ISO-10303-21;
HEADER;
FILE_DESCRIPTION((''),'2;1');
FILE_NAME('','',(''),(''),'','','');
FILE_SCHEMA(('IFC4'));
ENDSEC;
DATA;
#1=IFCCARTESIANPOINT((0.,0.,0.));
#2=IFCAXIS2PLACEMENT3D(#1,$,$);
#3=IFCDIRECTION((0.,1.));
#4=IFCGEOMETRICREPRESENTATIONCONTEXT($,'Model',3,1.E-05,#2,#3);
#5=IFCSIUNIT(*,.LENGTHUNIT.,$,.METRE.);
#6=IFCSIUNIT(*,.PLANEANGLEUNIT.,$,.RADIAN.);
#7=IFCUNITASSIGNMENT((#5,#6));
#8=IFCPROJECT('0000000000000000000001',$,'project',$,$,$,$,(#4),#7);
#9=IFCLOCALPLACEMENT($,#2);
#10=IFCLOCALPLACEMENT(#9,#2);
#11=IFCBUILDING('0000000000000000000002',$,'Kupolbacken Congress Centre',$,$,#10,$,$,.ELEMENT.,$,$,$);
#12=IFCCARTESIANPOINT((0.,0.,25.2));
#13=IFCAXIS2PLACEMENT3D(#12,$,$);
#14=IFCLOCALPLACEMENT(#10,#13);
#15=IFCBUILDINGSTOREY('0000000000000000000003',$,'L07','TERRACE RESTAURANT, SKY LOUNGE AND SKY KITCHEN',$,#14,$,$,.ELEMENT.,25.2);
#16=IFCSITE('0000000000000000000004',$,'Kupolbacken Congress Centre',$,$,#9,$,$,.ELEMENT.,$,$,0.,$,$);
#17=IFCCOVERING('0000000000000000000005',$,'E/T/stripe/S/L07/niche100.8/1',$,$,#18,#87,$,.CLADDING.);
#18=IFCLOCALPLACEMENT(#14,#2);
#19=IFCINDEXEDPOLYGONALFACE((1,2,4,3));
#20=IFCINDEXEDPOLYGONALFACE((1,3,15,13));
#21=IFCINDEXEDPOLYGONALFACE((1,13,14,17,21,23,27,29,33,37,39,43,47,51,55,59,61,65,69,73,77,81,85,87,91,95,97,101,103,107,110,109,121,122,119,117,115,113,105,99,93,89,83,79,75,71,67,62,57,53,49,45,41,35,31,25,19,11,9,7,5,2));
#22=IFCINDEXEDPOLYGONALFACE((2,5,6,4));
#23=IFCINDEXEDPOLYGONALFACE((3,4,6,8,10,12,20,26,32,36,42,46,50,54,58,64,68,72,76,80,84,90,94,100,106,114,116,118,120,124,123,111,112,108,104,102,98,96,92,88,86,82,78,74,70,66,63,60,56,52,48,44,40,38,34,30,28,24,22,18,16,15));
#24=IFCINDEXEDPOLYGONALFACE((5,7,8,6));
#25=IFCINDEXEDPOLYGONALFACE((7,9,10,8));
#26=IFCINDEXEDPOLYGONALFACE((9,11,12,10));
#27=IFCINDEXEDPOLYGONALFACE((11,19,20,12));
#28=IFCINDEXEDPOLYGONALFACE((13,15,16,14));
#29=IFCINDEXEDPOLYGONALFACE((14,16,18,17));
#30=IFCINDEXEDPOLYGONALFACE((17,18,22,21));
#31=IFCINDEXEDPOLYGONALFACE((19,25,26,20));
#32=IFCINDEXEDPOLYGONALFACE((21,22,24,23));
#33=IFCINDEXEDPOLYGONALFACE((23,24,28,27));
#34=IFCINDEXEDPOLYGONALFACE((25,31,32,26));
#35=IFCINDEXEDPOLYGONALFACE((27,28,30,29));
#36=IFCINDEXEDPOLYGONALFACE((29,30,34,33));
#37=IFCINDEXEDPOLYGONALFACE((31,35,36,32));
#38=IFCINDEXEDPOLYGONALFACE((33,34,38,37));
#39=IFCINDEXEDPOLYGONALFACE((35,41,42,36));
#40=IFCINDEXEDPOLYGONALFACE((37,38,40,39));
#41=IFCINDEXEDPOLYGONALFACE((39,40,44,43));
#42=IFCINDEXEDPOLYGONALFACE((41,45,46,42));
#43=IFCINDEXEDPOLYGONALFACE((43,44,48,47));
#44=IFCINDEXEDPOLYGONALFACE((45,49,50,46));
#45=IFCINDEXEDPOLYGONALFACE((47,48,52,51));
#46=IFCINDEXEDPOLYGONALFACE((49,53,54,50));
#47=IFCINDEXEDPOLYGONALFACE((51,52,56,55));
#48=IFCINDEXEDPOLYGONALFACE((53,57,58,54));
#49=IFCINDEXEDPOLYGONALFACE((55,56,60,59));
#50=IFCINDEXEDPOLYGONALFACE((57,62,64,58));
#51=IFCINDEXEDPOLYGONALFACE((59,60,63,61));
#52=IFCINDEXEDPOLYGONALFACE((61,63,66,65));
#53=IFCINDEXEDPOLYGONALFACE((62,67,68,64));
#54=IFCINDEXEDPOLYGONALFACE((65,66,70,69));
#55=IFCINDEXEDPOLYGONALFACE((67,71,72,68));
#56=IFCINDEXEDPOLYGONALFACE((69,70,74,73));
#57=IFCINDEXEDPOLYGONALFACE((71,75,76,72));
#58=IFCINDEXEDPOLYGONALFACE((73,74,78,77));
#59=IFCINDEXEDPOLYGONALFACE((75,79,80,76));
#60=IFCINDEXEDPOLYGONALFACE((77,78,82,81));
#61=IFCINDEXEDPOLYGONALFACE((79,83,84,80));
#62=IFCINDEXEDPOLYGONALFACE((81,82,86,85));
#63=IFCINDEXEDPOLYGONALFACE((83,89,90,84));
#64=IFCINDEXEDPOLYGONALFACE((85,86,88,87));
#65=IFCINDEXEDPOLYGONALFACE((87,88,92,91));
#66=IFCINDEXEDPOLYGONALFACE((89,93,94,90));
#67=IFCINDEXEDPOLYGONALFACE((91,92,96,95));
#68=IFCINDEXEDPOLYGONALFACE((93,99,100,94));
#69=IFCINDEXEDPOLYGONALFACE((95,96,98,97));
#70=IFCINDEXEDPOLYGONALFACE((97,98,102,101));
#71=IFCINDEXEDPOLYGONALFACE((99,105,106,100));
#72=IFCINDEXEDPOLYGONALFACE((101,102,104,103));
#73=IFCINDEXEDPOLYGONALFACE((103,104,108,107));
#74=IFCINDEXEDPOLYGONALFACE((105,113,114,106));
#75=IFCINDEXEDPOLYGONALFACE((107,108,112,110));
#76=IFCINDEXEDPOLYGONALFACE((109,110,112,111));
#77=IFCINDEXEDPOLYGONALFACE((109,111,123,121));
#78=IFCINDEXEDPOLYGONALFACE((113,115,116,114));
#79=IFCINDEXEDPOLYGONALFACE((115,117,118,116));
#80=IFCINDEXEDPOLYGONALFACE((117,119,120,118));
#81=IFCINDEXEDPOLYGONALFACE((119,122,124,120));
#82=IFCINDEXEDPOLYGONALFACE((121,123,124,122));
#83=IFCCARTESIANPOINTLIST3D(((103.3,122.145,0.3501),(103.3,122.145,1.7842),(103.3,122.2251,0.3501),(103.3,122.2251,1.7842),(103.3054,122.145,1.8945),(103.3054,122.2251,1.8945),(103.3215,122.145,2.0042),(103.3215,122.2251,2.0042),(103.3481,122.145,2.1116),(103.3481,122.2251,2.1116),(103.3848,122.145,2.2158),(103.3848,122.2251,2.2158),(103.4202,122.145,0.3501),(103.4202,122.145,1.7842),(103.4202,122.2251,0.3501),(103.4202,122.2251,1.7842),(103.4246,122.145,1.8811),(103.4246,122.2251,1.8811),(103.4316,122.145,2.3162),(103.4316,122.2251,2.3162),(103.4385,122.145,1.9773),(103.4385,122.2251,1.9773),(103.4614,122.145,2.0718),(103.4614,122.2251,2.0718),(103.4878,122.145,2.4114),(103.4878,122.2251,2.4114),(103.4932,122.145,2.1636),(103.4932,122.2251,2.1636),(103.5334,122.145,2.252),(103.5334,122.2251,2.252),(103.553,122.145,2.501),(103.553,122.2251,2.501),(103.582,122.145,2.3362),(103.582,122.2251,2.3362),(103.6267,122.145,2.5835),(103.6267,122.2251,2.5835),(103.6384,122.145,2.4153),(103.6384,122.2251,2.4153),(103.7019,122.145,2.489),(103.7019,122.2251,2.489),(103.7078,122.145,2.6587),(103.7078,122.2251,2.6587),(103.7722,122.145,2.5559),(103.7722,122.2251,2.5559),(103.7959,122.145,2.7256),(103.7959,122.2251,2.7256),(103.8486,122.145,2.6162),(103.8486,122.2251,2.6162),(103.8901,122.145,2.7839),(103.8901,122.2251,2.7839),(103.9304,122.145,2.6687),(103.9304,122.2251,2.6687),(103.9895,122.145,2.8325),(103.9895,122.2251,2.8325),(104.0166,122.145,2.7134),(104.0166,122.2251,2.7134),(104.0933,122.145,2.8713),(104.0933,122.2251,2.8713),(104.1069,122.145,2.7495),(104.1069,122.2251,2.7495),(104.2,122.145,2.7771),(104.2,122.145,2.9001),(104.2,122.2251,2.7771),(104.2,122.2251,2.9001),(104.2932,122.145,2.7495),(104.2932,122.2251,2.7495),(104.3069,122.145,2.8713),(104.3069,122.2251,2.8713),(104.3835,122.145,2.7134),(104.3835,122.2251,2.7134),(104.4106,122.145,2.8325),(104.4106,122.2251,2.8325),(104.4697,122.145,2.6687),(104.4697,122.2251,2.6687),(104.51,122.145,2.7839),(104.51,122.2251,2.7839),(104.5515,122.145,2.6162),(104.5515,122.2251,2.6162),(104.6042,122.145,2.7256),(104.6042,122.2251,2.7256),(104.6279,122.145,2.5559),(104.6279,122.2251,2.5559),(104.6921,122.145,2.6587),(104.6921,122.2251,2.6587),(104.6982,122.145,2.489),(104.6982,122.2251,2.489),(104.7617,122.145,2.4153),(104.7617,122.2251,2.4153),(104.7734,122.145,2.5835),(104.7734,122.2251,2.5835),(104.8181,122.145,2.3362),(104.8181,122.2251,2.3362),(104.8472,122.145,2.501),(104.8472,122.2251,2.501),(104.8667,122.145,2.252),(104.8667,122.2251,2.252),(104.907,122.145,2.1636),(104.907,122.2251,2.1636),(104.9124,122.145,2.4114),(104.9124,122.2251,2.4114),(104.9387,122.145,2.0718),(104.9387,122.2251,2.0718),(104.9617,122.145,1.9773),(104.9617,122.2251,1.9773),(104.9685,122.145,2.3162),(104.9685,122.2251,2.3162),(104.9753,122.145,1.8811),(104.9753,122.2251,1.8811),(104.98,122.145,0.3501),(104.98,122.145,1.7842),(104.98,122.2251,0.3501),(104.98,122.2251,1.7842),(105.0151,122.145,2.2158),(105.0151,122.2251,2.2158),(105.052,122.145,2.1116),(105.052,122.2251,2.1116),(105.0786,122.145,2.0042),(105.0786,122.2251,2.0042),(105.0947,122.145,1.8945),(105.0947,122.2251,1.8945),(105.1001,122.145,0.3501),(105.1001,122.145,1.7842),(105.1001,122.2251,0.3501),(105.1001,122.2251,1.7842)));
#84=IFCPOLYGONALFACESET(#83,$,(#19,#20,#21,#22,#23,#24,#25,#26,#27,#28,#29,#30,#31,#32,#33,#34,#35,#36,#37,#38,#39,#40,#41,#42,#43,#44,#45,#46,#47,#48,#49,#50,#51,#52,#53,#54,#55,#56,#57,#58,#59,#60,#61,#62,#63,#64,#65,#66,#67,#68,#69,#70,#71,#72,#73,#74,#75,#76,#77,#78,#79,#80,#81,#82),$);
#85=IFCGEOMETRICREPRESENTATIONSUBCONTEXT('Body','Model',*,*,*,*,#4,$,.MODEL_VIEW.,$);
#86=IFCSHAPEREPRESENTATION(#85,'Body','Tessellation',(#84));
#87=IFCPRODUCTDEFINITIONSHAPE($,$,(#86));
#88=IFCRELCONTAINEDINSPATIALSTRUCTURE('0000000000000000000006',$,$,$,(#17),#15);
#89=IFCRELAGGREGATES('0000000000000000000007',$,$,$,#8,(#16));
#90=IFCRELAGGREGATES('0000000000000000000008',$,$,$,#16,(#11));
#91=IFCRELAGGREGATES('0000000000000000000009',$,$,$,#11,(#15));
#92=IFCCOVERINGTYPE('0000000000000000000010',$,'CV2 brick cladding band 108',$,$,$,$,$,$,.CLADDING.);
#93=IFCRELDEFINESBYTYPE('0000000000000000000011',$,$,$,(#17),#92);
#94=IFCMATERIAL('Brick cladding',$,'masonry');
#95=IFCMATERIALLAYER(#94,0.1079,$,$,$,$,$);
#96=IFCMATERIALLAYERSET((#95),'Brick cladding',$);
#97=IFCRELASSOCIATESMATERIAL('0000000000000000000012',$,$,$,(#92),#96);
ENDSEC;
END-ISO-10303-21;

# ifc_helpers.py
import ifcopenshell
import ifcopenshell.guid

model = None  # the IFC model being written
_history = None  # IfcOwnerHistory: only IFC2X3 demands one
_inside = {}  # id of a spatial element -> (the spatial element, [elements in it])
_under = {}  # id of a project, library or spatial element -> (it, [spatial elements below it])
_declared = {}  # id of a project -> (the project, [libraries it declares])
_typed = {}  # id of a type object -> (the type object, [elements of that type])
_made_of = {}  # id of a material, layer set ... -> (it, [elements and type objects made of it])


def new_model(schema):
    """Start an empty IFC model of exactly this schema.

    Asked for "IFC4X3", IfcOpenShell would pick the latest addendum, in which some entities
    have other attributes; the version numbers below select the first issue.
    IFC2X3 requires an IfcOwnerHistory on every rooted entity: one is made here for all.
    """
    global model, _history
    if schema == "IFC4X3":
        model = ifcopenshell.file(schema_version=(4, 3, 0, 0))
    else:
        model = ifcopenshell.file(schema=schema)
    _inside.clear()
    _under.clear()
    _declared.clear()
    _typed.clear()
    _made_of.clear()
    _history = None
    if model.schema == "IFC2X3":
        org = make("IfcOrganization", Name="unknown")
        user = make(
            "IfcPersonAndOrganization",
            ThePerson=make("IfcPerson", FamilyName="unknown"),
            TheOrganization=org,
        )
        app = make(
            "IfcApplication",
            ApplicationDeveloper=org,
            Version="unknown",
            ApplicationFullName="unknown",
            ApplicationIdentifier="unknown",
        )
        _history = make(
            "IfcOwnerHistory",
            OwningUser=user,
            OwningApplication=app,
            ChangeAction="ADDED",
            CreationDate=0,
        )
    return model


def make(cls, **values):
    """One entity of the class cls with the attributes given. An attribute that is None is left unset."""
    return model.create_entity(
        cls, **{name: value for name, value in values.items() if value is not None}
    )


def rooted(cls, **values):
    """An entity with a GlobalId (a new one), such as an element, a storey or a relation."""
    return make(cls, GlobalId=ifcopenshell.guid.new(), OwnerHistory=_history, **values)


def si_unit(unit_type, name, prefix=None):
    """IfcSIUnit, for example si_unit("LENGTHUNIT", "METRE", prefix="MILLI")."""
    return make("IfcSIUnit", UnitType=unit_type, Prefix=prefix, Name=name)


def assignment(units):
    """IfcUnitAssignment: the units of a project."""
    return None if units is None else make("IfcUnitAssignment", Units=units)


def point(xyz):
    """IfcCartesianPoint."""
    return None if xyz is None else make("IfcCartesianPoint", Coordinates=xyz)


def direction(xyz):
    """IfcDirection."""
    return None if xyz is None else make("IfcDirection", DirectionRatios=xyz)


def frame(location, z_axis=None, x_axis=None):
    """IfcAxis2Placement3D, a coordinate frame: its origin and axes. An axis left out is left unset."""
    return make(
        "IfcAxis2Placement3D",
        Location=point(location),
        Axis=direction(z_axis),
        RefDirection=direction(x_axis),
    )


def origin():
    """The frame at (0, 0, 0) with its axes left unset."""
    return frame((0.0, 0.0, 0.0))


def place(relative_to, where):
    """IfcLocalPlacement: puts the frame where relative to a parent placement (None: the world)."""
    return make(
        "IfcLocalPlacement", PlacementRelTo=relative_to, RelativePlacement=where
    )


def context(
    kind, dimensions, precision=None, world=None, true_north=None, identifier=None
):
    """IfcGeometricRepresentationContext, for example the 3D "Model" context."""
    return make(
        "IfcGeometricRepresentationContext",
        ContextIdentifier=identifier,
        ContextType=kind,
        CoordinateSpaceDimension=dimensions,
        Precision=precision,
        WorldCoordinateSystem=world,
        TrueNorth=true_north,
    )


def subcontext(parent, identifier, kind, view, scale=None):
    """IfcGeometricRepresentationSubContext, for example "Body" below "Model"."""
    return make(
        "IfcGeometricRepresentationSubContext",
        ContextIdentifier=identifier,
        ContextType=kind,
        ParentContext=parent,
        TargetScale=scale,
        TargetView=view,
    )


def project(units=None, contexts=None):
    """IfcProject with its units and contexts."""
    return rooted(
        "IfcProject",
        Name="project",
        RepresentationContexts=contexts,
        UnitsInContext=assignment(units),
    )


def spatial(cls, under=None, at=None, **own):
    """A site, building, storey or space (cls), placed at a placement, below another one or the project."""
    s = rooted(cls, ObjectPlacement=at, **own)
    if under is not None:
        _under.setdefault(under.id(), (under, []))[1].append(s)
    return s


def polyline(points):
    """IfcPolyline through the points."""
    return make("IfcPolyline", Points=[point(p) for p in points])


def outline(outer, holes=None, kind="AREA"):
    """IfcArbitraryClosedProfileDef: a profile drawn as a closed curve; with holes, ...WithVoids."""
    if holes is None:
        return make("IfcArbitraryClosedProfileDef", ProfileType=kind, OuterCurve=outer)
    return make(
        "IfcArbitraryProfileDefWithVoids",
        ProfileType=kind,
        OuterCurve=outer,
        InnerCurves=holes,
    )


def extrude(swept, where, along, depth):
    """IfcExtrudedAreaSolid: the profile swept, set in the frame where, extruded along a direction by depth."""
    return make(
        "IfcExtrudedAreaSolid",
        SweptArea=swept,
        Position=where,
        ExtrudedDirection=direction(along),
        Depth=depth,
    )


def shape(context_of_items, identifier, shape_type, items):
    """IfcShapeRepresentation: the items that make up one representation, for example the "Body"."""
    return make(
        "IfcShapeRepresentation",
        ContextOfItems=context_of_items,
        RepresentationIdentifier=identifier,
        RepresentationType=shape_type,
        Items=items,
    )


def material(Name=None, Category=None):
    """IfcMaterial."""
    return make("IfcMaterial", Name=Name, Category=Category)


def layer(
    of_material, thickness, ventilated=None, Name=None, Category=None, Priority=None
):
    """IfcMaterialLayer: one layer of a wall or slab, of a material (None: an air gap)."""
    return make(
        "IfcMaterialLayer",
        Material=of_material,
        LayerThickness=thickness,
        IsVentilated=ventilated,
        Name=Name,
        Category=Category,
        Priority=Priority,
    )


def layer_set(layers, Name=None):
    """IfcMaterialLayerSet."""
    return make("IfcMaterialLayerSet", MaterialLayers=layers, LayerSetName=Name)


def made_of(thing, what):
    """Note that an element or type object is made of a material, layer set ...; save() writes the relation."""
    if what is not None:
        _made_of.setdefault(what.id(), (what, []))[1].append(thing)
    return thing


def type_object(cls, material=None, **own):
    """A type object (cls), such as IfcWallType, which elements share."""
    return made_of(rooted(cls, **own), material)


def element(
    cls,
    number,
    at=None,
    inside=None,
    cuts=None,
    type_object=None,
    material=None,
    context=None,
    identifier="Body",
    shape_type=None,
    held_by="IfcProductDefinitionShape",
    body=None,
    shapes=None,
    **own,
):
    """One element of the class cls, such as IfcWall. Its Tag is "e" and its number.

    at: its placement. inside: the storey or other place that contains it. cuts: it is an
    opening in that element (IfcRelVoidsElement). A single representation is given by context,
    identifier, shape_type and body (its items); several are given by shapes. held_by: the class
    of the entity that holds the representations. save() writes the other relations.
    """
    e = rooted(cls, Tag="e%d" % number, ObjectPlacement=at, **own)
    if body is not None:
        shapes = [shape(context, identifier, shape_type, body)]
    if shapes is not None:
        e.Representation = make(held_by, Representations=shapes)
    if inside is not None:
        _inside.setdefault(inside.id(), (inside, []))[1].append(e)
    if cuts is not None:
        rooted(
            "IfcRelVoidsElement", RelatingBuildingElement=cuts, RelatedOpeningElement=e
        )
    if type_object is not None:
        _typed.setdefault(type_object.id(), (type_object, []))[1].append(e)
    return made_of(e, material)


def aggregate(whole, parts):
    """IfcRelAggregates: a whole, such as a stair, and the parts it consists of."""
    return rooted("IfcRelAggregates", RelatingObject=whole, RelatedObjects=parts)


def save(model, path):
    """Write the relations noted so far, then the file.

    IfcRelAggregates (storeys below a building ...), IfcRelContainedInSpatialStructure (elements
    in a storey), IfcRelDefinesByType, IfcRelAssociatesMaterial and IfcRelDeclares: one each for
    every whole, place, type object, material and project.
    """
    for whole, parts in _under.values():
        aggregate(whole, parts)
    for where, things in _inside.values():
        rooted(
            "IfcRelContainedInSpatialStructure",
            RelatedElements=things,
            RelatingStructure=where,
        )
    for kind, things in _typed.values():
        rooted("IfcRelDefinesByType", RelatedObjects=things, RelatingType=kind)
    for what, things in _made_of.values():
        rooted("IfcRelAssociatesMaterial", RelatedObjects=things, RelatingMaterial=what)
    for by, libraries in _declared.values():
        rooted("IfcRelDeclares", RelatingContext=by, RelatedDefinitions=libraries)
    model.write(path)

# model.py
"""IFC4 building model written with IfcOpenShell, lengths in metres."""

from ifc_helpers import new_model, si_unit, direction, frame, origin, place, context, subcontext, project, spatial, polyline, outline, extrude, material, layer, layer_set, type_object, element, save


model = new_model("IFC4")

# Units and contexts
model_context = context("Model", 3, precision=1e-05, world=origin(), true_north=direction((0.0, 1.0)))
body_context = subcontext(model_context, "Body", "Model", "MODEL_VIEW")
ifc_project = project(units=[si_unit("LENGTHUNIT", "METRE"), si_unit("PLANEANGLEUNIT", "RADIAN")], contexts=[model_context])

# Site, building, storey
site_placement = place(None, origin())
site = spatial("IfcSite", under=ifc_project, at=site_placement, Name="Kupolbacken Congress Centre", CompositionType="ELEMENT", RefElevation=0.0)
building_placement = place(site_placement, origin())
building = spatial("IfcBuilding", under=site, at=building_placement, Name="Kupolbacken Congress Centre", CompositionType="ELEMENT")
storey_placement = place(building_placement, frame((0.0, 0.0, 25.2)))
storey = spatial("IfcBuildingStorey", under=building, at=storey_placement, Name="L07", Description="TERRACE RESTAURANT, SKY LOUNGE AND SKY KITCHEN", CompositionType="ELEMENT", Elevation=25.2)

# Covering
ifc_material_1 = material(Name="Brick cladding", Category="masonry")
ifc_layer_1 = layer(ifc_material_1, 0.1079)
ifc_layer_set_1 = layer_set([ifc_layer_1], Name="Brick cladding")
covering_type_1 = type_object("IfcCoveringType", Name="CV2 brick cladding band 108", PredefinedType="CLADDING", material=ifc_layer_set_1)
covering_1_placement = place(storey_placement, frame((103.3, 122.2251, 0.3501), z_axis=(0.0, -1.0, 0.0), x_axis=(1.0, 0.0, 0.0)))
element("IfcCovering", 1, at=covering_1_placement, inside=storey, type_object=covering_type_1, Name="E/T/stripe/S/L07/niche100.8/1", PredefinedType="CLADDING", context=body_context, shape_type="SweptSolid", body=[
    extrude(outline(polyline([(0.0, 0.0), (0.0, 1.4341), (0.0054, 1.5444), (0.0215, 1.6541), (0.0481, 1.7615), (0.0847, 1.8657), (0.1316, 1.9661), (0.1877, 2.0613), (0.2529, 2.1509), (0.3267, 2.2334), (0.4077, 2.3086), (0.4958, 2.3755), (0.5901, 2.4338), (0.6895, 2.4824), (0.7932, 2.5212), (0.8999, 2.55), (1.0068, 2.5212), (1.1106, 2.4824), (1.21, 2.4338), (1.3042, 2.3755), (1.3921, 2.3086), (1.4734, 2.2334), (1.5471, 2.1509), (1.6123, 2.0613), (1.6685, 1.9661), (1.7151, 1.8657), (1.752, 1.7615), (1.7786, 1.6541), (1.7947, 1.5444), (1.8, 1.4341), (1.8, 0.0), (1.6799, 0.0), (1.6799, 1.4341), (1.6753, 1.531), (1.6616, 1.6272), (1.6387, 1.7217), (1.6069, 1.8135), (1.5667, 1.9019), (1.5181, 1.9861), (1.4617, 2.0652), (1.3982, 2.1389), (1.3279, 2.2058), (1.2515, 2.2661), (1.1697, 2.3186), (1.0835, 2.3633), (0.9932, 2.3994), (0.8999, 2.427), (0.8069, 2.3994), (0.7166, 2.3633), (0.6304, 2.3186), (0.5486, 2.2661), (0.4722, 2.2058), (0.4019, 2.1389), (0.3384, 2.0652), (0.282, 1.9861), (0.2334, 1.9019), (0.1931, 1.8135), (0.1614, 1.7217), (0.1384, 1.6272), (0.1245, 1.531), (0.1201, 1.4341), (0.1201, 0.0), (0.0, 0.0)])), origin(), (0.0, 0.0, 1.0), 0.0801),
])

save(model, "model.ifc")
